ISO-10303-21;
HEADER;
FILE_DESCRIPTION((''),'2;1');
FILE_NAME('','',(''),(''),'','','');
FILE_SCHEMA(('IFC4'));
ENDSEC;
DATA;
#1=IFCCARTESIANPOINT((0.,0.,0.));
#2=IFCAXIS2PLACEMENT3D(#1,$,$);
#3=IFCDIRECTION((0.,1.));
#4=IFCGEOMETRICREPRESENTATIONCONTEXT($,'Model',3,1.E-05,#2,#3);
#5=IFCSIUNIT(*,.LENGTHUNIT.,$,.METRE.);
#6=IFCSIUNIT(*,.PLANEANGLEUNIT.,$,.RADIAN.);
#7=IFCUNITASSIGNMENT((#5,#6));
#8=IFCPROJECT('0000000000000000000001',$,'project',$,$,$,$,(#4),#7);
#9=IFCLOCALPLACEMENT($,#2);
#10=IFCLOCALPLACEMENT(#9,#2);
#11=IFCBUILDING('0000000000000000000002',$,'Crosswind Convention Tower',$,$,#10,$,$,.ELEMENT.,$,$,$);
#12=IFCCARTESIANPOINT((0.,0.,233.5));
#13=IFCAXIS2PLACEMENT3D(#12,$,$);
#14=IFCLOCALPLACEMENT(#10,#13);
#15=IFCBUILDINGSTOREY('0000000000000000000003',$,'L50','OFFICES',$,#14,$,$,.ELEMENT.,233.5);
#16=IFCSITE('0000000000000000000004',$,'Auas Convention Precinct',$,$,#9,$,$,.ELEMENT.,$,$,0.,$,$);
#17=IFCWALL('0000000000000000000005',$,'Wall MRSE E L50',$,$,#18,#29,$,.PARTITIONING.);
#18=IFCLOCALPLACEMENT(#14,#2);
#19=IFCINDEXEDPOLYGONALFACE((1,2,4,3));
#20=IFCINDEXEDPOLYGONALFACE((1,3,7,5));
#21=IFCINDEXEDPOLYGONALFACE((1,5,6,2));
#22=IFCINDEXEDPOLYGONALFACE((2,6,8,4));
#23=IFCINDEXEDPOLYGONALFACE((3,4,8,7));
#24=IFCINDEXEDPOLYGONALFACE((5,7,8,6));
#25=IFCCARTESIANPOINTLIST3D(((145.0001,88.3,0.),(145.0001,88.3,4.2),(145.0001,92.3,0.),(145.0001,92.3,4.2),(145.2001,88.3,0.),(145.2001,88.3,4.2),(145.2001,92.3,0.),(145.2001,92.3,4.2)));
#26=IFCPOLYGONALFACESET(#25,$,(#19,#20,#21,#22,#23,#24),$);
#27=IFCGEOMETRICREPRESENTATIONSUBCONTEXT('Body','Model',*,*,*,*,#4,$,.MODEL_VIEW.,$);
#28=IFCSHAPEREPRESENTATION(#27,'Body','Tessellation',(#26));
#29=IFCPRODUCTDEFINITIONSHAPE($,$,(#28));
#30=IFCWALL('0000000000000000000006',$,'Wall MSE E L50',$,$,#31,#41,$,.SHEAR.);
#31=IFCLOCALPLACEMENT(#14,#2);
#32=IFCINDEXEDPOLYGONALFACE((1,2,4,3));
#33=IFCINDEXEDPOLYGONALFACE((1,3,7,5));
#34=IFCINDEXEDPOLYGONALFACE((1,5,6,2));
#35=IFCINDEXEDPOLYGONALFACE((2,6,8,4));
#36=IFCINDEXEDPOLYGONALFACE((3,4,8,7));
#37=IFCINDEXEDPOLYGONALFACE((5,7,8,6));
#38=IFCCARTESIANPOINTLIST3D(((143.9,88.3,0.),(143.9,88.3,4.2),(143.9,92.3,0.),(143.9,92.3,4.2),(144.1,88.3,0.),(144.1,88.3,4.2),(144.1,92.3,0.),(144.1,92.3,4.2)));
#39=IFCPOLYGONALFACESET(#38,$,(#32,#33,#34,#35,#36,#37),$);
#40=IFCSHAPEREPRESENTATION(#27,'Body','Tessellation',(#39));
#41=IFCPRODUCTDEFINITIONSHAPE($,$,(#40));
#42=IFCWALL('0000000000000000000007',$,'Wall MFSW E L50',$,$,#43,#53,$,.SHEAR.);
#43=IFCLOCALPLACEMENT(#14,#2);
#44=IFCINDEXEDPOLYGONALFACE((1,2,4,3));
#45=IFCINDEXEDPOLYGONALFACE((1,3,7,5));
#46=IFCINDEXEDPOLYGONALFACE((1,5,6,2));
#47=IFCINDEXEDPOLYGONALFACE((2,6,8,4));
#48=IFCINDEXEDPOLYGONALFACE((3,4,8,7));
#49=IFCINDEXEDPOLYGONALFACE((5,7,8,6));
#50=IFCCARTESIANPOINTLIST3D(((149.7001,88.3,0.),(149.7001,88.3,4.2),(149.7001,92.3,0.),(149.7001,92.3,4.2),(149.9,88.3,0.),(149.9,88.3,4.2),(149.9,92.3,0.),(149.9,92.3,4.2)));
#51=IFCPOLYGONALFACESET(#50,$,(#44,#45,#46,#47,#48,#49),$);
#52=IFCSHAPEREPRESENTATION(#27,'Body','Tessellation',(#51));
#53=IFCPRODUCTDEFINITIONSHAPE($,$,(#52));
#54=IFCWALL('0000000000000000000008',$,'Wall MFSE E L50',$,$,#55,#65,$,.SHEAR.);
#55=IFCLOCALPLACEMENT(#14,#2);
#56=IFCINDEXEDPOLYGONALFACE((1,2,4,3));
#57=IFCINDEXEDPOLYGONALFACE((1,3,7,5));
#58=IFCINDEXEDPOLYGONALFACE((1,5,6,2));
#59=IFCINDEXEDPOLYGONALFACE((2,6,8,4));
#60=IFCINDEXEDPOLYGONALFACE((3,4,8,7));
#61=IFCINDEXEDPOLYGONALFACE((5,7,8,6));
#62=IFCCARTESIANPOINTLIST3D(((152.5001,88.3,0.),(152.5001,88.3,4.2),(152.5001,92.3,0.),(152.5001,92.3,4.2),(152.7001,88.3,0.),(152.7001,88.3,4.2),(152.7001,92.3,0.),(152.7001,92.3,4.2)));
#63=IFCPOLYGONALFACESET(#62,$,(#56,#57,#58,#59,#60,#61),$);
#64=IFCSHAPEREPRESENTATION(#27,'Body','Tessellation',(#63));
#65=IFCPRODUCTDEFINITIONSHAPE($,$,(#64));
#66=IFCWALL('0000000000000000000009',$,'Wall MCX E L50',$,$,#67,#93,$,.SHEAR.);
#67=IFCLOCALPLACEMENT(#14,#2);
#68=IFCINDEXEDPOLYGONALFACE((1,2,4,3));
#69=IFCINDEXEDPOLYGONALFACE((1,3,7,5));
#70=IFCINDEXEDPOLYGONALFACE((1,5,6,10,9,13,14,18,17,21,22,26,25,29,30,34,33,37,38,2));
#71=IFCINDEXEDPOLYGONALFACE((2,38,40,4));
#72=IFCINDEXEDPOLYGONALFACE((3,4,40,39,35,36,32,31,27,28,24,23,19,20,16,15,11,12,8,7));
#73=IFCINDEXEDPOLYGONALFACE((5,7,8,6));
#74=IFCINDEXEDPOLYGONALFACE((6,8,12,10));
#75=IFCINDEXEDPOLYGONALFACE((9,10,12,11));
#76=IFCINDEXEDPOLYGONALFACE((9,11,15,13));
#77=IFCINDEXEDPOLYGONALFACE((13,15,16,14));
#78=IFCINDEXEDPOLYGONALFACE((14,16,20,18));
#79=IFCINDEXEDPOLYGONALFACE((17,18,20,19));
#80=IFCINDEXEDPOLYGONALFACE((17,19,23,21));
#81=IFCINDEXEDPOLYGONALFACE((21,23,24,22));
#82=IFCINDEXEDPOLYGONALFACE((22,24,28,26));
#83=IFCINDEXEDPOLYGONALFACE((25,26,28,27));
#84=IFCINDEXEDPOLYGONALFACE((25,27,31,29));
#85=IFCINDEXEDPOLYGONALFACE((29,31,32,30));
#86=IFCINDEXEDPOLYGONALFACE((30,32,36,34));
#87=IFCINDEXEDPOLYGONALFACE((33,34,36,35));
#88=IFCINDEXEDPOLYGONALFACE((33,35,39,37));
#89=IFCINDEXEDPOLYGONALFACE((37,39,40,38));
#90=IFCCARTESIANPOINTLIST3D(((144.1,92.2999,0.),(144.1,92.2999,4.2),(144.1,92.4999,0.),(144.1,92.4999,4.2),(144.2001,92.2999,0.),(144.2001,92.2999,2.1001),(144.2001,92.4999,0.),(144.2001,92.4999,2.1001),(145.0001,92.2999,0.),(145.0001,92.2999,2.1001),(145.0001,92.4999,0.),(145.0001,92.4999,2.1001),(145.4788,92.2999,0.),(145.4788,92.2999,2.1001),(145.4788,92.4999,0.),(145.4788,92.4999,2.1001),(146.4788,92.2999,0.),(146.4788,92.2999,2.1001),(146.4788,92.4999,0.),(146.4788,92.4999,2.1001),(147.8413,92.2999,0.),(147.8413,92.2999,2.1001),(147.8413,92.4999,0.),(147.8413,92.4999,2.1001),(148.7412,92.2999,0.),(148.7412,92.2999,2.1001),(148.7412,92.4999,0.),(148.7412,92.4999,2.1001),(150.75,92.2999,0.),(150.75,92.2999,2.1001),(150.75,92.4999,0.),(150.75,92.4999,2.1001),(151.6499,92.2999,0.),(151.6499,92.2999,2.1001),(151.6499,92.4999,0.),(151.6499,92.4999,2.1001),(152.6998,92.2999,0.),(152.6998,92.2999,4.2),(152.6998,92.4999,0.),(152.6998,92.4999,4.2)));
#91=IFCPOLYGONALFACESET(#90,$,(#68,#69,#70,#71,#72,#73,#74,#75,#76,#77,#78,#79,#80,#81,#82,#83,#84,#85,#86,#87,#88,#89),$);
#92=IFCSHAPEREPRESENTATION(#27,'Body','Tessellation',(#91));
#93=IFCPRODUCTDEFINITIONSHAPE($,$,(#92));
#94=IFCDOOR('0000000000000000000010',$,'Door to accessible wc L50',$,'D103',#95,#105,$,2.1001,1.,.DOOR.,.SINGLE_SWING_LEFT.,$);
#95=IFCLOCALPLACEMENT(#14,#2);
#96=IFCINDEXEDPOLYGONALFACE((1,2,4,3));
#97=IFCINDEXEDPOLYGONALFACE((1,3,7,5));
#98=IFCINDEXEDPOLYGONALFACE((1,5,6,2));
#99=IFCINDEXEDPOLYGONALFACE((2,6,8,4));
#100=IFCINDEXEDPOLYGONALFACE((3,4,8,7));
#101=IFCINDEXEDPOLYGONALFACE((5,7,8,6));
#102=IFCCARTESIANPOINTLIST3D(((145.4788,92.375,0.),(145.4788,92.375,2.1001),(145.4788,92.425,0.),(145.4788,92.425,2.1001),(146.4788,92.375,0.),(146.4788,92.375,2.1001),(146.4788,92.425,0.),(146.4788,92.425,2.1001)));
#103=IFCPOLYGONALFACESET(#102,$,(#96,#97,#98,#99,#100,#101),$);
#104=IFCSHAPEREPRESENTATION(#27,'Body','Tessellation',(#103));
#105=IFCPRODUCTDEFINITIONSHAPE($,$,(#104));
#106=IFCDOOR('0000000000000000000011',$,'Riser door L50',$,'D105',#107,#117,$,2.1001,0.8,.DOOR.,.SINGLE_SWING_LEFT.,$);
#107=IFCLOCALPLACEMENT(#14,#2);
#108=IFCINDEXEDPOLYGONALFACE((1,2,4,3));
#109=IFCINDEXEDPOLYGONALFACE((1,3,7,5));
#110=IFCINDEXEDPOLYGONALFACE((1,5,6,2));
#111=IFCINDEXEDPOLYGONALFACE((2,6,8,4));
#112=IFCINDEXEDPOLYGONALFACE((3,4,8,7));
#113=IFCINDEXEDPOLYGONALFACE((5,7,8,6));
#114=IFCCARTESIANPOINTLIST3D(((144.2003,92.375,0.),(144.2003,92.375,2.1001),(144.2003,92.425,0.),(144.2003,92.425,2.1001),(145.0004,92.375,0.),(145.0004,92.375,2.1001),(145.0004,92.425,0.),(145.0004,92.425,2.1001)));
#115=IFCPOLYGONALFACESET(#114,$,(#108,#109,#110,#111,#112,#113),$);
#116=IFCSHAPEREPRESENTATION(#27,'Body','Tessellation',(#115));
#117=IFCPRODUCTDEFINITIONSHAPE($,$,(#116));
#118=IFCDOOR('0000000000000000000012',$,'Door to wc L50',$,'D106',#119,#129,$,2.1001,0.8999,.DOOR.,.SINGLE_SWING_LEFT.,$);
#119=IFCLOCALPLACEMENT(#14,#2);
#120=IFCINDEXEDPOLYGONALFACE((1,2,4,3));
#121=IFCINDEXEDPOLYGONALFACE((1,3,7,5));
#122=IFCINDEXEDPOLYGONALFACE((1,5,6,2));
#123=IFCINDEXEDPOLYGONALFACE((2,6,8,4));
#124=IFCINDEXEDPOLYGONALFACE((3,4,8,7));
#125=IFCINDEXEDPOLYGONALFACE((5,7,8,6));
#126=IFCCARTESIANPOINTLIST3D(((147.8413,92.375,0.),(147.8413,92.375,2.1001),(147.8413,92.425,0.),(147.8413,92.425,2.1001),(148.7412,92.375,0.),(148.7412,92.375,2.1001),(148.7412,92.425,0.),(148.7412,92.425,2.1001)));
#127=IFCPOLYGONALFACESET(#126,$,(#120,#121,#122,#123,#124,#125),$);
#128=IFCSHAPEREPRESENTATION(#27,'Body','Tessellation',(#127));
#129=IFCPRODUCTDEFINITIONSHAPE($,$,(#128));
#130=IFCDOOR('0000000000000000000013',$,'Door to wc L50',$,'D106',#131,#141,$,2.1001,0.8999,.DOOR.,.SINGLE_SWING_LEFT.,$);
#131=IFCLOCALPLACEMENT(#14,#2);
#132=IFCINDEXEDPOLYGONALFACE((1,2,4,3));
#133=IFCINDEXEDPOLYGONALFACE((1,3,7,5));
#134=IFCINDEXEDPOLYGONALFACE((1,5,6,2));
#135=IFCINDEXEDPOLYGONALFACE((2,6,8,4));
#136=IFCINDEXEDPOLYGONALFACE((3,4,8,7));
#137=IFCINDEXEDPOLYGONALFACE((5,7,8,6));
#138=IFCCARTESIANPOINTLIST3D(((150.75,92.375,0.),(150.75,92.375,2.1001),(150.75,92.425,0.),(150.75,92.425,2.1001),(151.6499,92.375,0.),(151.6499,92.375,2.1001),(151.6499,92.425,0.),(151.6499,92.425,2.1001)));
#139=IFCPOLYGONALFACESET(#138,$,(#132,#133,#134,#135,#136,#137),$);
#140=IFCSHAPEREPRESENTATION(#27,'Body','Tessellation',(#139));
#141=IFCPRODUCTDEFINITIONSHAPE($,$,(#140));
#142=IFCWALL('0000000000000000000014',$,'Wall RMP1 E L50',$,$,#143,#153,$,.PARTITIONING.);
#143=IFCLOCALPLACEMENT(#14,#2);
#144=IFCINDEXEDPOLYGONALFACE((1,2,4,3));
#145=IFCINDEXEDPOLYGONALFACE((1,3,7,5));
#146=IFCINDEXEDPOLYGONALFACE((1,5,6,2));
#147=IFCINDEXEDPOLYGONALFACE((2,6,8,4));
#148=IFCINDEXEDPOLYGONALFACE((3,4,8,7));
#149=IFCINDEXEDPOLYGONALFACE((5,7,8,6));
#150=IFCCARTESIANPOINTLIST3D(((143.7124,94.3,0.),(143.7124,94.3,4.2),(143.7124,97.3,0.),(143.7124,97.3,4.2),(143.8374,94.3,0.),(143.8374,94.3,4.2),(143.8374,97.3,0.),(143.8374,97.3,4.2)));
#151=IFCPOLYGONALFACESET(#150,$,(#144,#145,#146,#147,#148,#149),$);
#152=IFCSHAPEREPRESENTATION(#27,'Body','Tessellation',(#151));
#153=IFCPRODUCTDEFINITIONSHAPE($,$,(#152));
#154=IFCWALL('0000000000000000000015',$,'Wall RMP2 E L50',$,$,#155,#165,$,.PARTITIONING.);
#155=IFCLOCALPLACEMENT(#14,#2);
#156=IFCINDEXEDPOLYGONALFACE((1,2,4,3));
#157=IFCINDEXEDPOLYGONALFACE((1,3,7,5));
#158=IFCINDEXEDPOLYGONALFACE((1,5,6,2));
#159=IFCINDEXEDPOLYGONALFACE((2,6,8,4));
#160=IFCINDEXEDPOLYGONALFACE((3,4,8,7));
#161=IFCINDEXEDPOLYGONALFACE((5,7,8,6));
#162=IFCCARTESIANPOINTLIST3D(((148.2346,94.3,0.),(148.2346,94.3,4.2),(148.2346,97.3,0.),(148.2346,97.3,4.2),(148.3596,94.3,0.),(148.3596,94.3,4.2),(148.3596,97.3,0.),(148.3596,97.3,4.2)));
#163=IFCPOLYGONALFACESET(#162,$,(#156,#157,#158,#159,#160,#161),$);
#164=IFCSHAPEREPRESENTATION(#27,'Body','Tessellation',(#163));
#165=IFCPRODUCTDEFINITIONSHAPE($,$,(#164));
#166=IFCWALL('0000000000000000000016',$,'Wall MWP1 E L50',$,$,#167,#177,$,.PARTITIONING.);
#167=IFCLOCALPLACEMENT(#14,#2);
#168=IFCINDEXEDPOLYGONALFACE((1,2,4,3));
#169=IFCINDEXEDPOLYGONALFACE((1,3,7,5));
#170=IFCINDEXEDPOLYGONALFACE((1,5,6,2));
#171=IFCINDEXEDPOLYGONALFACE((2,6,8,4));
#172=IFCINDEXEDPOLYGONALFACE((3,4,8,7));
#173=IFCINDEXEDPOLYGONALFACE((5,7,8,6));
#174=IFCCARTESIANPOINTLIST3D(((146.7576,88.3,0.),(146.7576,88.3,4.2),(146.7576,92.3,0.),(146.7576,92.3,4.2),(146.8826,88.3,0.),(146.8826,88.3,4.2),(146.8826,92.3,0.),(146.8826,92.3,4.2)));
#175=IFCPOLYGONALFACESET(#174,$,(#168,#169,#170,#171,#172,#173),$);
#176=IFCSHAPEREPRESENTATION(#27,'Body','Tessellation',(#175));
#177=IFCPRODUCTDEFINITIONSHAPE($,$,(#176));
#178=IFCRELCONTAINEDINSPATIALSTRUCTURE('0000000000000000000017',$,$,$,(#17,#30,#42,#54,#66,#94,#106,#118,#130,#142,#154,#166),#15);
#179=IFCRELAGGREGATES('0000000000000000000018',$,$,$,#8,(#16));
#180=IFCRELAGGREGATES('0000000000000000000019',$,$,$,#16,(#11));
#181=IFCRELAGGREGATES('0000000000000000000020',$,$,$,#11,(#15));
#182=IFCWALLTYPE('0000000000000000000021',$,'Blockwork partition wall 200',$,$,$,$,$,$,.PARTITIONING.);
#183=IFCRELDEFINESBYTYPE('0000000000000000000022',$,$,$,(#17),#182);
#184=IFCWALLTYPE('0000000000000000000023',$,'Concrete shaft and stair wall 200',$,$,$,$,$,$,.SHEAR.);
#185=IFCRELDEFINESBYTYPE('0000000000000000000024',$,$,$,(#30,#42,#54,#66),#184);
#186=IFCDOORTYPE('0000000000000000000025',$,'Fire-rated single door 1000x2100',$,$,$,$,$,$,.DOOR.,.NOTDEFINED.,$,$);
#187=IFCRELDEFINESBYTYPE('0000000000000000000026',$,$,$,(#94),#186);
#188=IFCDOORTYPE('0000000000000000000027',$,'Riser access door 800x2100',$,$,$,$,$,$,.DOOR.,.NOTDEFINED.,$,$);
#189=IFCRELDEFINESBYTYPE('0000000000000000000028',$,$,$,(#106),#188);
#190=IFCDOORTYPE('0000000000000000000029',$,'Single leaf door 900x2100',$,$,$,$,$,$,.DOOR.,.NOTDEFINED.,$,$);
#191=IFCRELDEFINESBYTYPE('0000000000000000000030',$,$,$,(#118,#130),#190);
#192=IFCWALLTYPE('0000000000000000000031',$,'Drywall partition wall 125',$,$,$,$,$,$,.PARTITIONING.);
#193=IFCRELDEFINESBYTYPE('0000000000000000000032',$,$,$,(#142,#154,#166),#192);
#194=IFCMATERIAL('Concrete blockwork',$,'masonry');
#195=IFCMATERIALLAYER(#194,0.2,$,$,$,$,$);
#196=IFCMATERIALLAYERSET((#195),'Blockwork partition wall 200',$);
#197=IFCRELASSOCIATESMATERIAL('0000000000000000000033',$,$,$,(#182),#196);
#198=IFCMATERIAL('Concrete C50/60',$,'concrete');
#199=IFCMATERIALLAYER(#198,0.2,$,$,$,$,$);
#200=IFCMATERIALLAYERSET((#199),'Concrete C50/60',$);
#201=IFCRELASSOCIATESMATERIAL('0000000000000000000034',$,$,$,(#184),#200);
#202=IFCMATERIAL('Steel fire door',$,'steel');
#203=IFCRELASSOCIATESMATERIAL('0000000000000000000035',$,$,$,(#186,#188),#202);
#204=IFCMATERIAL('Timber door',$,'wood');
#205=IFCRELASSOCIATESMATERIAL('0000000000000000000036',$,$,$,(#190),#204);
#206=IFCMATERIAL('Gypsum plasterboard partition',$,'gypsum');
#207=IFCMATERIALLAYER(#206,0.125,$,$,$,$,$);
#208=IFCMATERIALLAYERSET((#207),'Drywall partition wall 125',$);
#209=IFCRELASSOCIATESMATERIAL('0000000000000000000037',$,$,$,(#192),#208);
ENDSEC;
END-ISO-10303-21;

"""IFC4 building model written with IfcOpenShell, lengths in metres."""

from ifc_helpers import new_model, si_unit, direction, frame, frame_2d, origin, place, context, subcontext, project, spatial, rectangle, extrude, material, layer, layer_set, type_object, element, fill, save


model = new_model("IFC4")

# Units and contexts
model_context = context("Model", 3, precision=1e-05, world=origin(), true_north=direction((0.0, 1.0)))
body_context = subcontext(model_context, "Body", "Model", "MODEL_VIEW")
ifc_project = project(units=[si_unit("LENGTHUNIT", "METRE"), si_unit("PLANEANGLEUNIT", "RADIAN")], contexts=[model_context])

# Site, building, storey
site_placement = place(None, origin())
site = spatial("IfcSite", under=ifc_project, at=site_placement, Name="Auas Convention Precinct", CompositionType="ELEMENT", RefElevation=0.0)
building_placement = place(site_placement, origin())
building = spatial("IfcBuilding", under=site, at=building_placement, Name="Crosswind Convention Tower", CompositionType="ELEMENT")
storey_placement = place(building_placement, frame((0.0, 0.0, 233.5)))
storey = spatial("IfcBuildingStorey", under=building, at=storey_placement, Name="L50", Description="OFFICES", CompositionType="ELEMENT", Elevation=233.5)

# Walls
ifc_material_1 = material(Name="Concrete blockwork", Category="masonry")
ifc_layer_1 = layer(ifc_material_1, 0.2)
ifc_layer_set_1 = layer_set([ifc_layer_1], Name="Blockwork partition wall 200")
wall_type_1 = type_object("IfcWallType", Name="Blockwork partition wall 200", PredefinedType="PARTITIONING", material=ifc_layer_set_1)
wall_1_placement = place(storey_placement, frame((145.1001, 88.3, 0.0), z_axis=(0.0, 0.0, 1.0), x_axis=(0.0, 1.0, 0.0)))
element("IfcWall", 1, at=wall_1_placement, inside=storey, type_object=wall_type_1, Name="Wall MRSE E L50", PredefinedType="PARTITIONING", context=body_context, shape_type="SweptSolid", body=[
    extrude(rectangle(XDim=4.0, YDim=0.2, at=frame_2d((2.0, 0.0))), origin(), (0.0, 0.0, 1.0), 4.2),
])
ifc_material_2 = material(Name="Concrete C50/60", Category="concrete")
ifc_layer_2 = layer(ifc_material_2, 0.2)
ifc_layer_set_2 = layer_set([ifc_layer_2], Name="Concrete C50/60")
wall_type_2 = type_object("IfcWallType", Name="Concrete shaft and stair wall 200", PredefinedType="SHEAR", material=ifc_layer_set_2)
for number, where, z_axis, x_axis, name in (
    (2, (144.0, 88.3, 0.0), (0.0, 0.0, 1.0), (0.0, 1.0, 0.0), "Wall MSE E L50"),
    (3, (149.8, 88.3, 0.0), (0.0, 0.0, 1.0), (0.0, 1.0, 0.0), "Wall MFSW E L50"),
    (4, (152.6001, 88.3, 0.0), (0.0, 0.0, 1.0), (0.0, 1.0, 0.0), "Wall MFSE E L50"),
):
    element("IfcWall", number, at=place(storey_placement, frame(where, z_axis=z_axis, x_axis=x_axis)), inside=storey, type_object=wall_type_2, Name=name, PredefinedType="SHEAR", context=body_context, shape_type="SweptSolid", body=[
        extrude(rectangle(XDim=4.0, YDim=0.2, at=frame_2d((2.0, 0.0))), origin(), (0.0, 0.0, 1.0), 4.2),
    ])

# Wall, openings, doors
wall_2_placement = place(storey_placement, frame((144.1001, 92.3999, 0.0), z_axis=(0.0, 0.0, 1.0), x_axis=(1.0, 0.0, 0.0)))
wall_2 = element("IfcWall", 5, at=wall_2_placement, inside=storey, type_object=wall_type_2, Name="Wall MCX E L50", PredefinedType="SHEAR", context=body_context, shape_type="SweptSolid", body=[
    extrude(rectangle(XDim=8.5999, YDim=0.2, at=frame_2d((4.2998, 0.0))), origin(), (0.0, 0.0, 1.0), 4.2),
])
opening_1_placement = place(wall_2_placement, frame((0.1001, 0.0, 0.0)))
opening_1 = element("IfcOpeningElement", 6, at=opening_1_placement, cuts=wall_2, PredefinedType="OPENING", context=body_context, shape_type="SweptSolid", body=[
    extrude(rectangle(XDim=0.8, YDim=2.1001, at=frame_2d((0.3999, 1.05))), frame((0.0, 0.1099, 0.0), z_axis=(0.0, -1.0, 0.0), x_axis=(1.0, 0.0, 0.0)), (0.0, 0.0, 1.0), 0.22),
])
opening_2_placement = place(wall_2_placement, frame((1.3787, 0.0, 0.0)))
opening_2 = element("IfcOpeningElement", 7, at=opening_2_placement, cuts=wall_2, PredefinedType="OPENING", context=body_context, shape_type="SweptSolid", body=[
    extrude(rectangle(XDim=1.0, YDim=2.1001, at=frame_2d((0.5, 1.05))), frame((0.0, 0.1099, 0.0), z_axis=(0.0, -1.0, 0.0), x_axis=(1.0, 0.0, 0.0)), (0.0, 0.0, 1.0), 0.22),
])
opening_3_placement = place(wall_2_placement, frame((3.7412, 0.0, 0.0)))
opening_3 = element("IfcOpeningElement", 8, at=opening_3_placement, cuts=wall_2, PredefinedType="OPENING", context=body_context, shape_type="SweptSolid", body=[
    extrude(rectangle(XDim=0.8999, YDim=2.1001, at=frame_2d((0.45, 1.05))), frame((0.0, 0.1099, 0.0), z_axis=(0.0, -1.0, 0.0), x_axis=(1.0, 0.0, 0.0)), (0.0, 0.0, 1.0), 0.22),
])
opening_4_placement = place(wall_2_placement, frame((6.6499, 0.0, 0.0)))
opening_4 = element("IfcOpeningElement", 9, at=opening_4_placement, cuts=wall_2, PredefinedType="OPENING", context=body_context, shape_type="SweptSolid", body=[
    extrude(rectangle(XDim=0.8999, YDim=2.1001, at=frame_2d((0.45, 1.05))), frame((0.0, 0.1099, 0.0), z_axis=(0.0, -1.0, 0.0), x_axis=(1.0, 0.0, 0.0)), (0.0, 0.0, 1.0), 0.22),
])
ifc_material_3 = material(Name="Steel fire door", Category="steel")
door_type_1 = type_object("IfcDoorType", Name="Fire-rated single door 1000x2100", OperationType="NOTDEFINED", PredefinedType="DOOR", material=ifc_material_3)
door_1_placement = place(opening_2_placement, frame((1.0, 0.0, 0.0), z_axis=(0.0, 0.0, 1.0), x_axis=(-1.0, 0.0, 0.0)))
door_1 = element("IfcDoor", 10, at=door_1_placement, inside=storey, type_object=door_type_1, Name="Door to accessible wc L50", ObjectType="D103", OperationType="SINGLE_SWING_LEFT", OverallHeight=2.1001, OverallWidth=1.0, PredefinedType="DOOR", context=body_context, shape_type="SweptSolid", body=[
    extrude(rectangle(XDim=1.0, YDim=2.1001, at=frame_2d((0.5, 1.05))), frame((0.0, 0.0249, 0.0), z_axis=(0.0, -1.0, 0.0), x_axis=(1.0, 0.0, 0.0)), (0.0, 0.0, 1.0), 0.05),
])
fill(opening_2, door_1)
door_type_2 = type_object("IfcDoorType", Name="Riser access door 800x2100", OperationType="NOTDEFINED", PredefinedType="DOOR", material=ifc_material_3)
door_2_placement = place(opening_1_placement, frame((0.8, 0.0, 0.0), z_axis=(0.0, 0.0, 1.0), x_axis=(-1.0, 0.0, 0.0)))
door_2 = element("IfcDoor", 11, at=door_2_placement, inside=storey, type_object=door_type_2, Name="Riser door L50", ObjectType="D105", OperationType="SINGLE_SWING_LEFT", OverallHeight=2.1001, OverallWidth=0.8, PredefinedType="DOOR", context=body_context, shape_type="SweptSolid", body=[
    extrude(rectangle(XDim=0.8, YDim=2.1001, at=frame_2d((0.3999, 1.05))), frame((0.0, 0.0249, 0.0), z_axis=(0.0, -1.0, 0.0), x_axis=(1.0, 0.0, 0.0)), (0.0, 0.0, 1.0), 0.05),
])
fill(opening_1, door_2)
ifc_material_4 = material(Name="Timber door", Category="wood")
door_type_3 = type_object("IfcDoorType", Name="Single leaf door 900x2100", OperationType="NOTDEFINED", PredefinedType="DOOR", material=ifc_material_4)
door_3_placement = place(opening_3_placement, frame((0.8999, 0.0, 0.0), z_axis=(0.0, 0.0, 1.0), x_axis=(-1.0, 0.0, 0.0)))
door_3 = element("IfcDoor", 12, at=door_3_placement, inside=storey, type_object=door_type_3, Name="Door to wc L50", ObjectType="D106", OperationType="SINGLE_SWING_LEFT", OverallHeight=2.1001, OverallWidth=0.8999, PredefinedType="DOOR", context=body_context, shape_type="SweptSolid", body=[
    extrude(rectangle(XDim=0.8999, YDim=2.1001, at=frame_2d((0.45, 1.05))), frame((0.0, 0.0249, 0.0), z_axis=(0.0, -1.0, 0.0), x_axis=(1.0, 0.0, 0.0)), (0.0, 0.0, 1.0), 0.05),
])
fill(opening_3, door_3)
door_4_placement = place(opening_4_placement, frame((0.8999, 0.0, 0.0), z_axis=(0.0, 0.0, 1.0), x_axis=(-1.0, 0.0, 0.0)))
door_4 = element("IfcDoor", 13, at=door_4_placement, inside=storey, type_object=door_type_3, Name="Door to wc L50", ObjectType="D106", OperationType="SINGLE_SWING_LEFT", OverallHeight=2.1001, OverallWidth=0.8999, PredefinedType="DOOR", context=body_context, shape_type="SweptSolid", body=[
    extrude(rectangle(XDim=0.8999, YDim=2.1001, at=frame_2d((0.45, 1.05))), frame((0.0, 0.0249, 0.0), z_axis=(0.0, -1.0, 0.0), x_axis=(1.0, 0.0, 0.0)), (0.0, 0.0, 1.0), 0.05),
])
fill(opening_4, door_4)

# Walls
ifc_material_5 = material(Name="Gypsum plasterboard partition", Category="gypsum")
ifc_layer_3 = layer(ifc_material_5, 0.125)
ifc_layer_set_3 = layer_set([ifc_layer_3], Name="Drywall partition wall 125")
wall_type_3 = type_object("IfcWallType", Name="Drywall partition wall 125", PredefinedType="PARTITIONING", material=ifc_layer_set_3)
for number, where, z_axis, x_axis, name in (
    (14, (143.7749, 94.3, 0.0), (0.0, 0.0, 1.0), (0.0, 1.0, 0.0), "Wall RMP1 E L50"),
    (15, (148.2971, 94.3, 0.0), (0.0, 0.0, 1.0), (0.0, 1.0, 0.0), "Wall RMP2 E L50"),
):
    element("IfcWall", number, at=place(storey_placement, frame(where, z_axis=z_axis, x_axis=x_axis)), inside=storey, type_object=wall_type_3, Name=name, PredefinedType="PARTITIONING", context=body_context, shape_type="SweptSolid", body=[
        extrude(rectangle(XDim=3.0, YDim=0.125, at=frame_2d((1.5, 0.0))), origin(), (0.0, 0.0, 1.0), 4.2),
    ])
wall_3_placement = place(storey_placement, frame((146.8201, 88.3, 0.0), z_axis=(0.0, 0.0, 1.0), x_axis=(0.0, 1.0, 0.0)))
element("IfcWall", 16, at=wall_3_placement, inside=storey, type_object=wall_type_3, Name="Wall MWP1 E L50", PredefinedType="PARTITIONING", context=body_context, shape_type="SweptSolid", body=[
    extrude(rectangle(XDim=4.0, YDim=0.125, at=frame_2d((2.0, 0.0))), origin(), (0.0, 0.0, 1.0), 4.2),
])

save(model, "model.ifc")
